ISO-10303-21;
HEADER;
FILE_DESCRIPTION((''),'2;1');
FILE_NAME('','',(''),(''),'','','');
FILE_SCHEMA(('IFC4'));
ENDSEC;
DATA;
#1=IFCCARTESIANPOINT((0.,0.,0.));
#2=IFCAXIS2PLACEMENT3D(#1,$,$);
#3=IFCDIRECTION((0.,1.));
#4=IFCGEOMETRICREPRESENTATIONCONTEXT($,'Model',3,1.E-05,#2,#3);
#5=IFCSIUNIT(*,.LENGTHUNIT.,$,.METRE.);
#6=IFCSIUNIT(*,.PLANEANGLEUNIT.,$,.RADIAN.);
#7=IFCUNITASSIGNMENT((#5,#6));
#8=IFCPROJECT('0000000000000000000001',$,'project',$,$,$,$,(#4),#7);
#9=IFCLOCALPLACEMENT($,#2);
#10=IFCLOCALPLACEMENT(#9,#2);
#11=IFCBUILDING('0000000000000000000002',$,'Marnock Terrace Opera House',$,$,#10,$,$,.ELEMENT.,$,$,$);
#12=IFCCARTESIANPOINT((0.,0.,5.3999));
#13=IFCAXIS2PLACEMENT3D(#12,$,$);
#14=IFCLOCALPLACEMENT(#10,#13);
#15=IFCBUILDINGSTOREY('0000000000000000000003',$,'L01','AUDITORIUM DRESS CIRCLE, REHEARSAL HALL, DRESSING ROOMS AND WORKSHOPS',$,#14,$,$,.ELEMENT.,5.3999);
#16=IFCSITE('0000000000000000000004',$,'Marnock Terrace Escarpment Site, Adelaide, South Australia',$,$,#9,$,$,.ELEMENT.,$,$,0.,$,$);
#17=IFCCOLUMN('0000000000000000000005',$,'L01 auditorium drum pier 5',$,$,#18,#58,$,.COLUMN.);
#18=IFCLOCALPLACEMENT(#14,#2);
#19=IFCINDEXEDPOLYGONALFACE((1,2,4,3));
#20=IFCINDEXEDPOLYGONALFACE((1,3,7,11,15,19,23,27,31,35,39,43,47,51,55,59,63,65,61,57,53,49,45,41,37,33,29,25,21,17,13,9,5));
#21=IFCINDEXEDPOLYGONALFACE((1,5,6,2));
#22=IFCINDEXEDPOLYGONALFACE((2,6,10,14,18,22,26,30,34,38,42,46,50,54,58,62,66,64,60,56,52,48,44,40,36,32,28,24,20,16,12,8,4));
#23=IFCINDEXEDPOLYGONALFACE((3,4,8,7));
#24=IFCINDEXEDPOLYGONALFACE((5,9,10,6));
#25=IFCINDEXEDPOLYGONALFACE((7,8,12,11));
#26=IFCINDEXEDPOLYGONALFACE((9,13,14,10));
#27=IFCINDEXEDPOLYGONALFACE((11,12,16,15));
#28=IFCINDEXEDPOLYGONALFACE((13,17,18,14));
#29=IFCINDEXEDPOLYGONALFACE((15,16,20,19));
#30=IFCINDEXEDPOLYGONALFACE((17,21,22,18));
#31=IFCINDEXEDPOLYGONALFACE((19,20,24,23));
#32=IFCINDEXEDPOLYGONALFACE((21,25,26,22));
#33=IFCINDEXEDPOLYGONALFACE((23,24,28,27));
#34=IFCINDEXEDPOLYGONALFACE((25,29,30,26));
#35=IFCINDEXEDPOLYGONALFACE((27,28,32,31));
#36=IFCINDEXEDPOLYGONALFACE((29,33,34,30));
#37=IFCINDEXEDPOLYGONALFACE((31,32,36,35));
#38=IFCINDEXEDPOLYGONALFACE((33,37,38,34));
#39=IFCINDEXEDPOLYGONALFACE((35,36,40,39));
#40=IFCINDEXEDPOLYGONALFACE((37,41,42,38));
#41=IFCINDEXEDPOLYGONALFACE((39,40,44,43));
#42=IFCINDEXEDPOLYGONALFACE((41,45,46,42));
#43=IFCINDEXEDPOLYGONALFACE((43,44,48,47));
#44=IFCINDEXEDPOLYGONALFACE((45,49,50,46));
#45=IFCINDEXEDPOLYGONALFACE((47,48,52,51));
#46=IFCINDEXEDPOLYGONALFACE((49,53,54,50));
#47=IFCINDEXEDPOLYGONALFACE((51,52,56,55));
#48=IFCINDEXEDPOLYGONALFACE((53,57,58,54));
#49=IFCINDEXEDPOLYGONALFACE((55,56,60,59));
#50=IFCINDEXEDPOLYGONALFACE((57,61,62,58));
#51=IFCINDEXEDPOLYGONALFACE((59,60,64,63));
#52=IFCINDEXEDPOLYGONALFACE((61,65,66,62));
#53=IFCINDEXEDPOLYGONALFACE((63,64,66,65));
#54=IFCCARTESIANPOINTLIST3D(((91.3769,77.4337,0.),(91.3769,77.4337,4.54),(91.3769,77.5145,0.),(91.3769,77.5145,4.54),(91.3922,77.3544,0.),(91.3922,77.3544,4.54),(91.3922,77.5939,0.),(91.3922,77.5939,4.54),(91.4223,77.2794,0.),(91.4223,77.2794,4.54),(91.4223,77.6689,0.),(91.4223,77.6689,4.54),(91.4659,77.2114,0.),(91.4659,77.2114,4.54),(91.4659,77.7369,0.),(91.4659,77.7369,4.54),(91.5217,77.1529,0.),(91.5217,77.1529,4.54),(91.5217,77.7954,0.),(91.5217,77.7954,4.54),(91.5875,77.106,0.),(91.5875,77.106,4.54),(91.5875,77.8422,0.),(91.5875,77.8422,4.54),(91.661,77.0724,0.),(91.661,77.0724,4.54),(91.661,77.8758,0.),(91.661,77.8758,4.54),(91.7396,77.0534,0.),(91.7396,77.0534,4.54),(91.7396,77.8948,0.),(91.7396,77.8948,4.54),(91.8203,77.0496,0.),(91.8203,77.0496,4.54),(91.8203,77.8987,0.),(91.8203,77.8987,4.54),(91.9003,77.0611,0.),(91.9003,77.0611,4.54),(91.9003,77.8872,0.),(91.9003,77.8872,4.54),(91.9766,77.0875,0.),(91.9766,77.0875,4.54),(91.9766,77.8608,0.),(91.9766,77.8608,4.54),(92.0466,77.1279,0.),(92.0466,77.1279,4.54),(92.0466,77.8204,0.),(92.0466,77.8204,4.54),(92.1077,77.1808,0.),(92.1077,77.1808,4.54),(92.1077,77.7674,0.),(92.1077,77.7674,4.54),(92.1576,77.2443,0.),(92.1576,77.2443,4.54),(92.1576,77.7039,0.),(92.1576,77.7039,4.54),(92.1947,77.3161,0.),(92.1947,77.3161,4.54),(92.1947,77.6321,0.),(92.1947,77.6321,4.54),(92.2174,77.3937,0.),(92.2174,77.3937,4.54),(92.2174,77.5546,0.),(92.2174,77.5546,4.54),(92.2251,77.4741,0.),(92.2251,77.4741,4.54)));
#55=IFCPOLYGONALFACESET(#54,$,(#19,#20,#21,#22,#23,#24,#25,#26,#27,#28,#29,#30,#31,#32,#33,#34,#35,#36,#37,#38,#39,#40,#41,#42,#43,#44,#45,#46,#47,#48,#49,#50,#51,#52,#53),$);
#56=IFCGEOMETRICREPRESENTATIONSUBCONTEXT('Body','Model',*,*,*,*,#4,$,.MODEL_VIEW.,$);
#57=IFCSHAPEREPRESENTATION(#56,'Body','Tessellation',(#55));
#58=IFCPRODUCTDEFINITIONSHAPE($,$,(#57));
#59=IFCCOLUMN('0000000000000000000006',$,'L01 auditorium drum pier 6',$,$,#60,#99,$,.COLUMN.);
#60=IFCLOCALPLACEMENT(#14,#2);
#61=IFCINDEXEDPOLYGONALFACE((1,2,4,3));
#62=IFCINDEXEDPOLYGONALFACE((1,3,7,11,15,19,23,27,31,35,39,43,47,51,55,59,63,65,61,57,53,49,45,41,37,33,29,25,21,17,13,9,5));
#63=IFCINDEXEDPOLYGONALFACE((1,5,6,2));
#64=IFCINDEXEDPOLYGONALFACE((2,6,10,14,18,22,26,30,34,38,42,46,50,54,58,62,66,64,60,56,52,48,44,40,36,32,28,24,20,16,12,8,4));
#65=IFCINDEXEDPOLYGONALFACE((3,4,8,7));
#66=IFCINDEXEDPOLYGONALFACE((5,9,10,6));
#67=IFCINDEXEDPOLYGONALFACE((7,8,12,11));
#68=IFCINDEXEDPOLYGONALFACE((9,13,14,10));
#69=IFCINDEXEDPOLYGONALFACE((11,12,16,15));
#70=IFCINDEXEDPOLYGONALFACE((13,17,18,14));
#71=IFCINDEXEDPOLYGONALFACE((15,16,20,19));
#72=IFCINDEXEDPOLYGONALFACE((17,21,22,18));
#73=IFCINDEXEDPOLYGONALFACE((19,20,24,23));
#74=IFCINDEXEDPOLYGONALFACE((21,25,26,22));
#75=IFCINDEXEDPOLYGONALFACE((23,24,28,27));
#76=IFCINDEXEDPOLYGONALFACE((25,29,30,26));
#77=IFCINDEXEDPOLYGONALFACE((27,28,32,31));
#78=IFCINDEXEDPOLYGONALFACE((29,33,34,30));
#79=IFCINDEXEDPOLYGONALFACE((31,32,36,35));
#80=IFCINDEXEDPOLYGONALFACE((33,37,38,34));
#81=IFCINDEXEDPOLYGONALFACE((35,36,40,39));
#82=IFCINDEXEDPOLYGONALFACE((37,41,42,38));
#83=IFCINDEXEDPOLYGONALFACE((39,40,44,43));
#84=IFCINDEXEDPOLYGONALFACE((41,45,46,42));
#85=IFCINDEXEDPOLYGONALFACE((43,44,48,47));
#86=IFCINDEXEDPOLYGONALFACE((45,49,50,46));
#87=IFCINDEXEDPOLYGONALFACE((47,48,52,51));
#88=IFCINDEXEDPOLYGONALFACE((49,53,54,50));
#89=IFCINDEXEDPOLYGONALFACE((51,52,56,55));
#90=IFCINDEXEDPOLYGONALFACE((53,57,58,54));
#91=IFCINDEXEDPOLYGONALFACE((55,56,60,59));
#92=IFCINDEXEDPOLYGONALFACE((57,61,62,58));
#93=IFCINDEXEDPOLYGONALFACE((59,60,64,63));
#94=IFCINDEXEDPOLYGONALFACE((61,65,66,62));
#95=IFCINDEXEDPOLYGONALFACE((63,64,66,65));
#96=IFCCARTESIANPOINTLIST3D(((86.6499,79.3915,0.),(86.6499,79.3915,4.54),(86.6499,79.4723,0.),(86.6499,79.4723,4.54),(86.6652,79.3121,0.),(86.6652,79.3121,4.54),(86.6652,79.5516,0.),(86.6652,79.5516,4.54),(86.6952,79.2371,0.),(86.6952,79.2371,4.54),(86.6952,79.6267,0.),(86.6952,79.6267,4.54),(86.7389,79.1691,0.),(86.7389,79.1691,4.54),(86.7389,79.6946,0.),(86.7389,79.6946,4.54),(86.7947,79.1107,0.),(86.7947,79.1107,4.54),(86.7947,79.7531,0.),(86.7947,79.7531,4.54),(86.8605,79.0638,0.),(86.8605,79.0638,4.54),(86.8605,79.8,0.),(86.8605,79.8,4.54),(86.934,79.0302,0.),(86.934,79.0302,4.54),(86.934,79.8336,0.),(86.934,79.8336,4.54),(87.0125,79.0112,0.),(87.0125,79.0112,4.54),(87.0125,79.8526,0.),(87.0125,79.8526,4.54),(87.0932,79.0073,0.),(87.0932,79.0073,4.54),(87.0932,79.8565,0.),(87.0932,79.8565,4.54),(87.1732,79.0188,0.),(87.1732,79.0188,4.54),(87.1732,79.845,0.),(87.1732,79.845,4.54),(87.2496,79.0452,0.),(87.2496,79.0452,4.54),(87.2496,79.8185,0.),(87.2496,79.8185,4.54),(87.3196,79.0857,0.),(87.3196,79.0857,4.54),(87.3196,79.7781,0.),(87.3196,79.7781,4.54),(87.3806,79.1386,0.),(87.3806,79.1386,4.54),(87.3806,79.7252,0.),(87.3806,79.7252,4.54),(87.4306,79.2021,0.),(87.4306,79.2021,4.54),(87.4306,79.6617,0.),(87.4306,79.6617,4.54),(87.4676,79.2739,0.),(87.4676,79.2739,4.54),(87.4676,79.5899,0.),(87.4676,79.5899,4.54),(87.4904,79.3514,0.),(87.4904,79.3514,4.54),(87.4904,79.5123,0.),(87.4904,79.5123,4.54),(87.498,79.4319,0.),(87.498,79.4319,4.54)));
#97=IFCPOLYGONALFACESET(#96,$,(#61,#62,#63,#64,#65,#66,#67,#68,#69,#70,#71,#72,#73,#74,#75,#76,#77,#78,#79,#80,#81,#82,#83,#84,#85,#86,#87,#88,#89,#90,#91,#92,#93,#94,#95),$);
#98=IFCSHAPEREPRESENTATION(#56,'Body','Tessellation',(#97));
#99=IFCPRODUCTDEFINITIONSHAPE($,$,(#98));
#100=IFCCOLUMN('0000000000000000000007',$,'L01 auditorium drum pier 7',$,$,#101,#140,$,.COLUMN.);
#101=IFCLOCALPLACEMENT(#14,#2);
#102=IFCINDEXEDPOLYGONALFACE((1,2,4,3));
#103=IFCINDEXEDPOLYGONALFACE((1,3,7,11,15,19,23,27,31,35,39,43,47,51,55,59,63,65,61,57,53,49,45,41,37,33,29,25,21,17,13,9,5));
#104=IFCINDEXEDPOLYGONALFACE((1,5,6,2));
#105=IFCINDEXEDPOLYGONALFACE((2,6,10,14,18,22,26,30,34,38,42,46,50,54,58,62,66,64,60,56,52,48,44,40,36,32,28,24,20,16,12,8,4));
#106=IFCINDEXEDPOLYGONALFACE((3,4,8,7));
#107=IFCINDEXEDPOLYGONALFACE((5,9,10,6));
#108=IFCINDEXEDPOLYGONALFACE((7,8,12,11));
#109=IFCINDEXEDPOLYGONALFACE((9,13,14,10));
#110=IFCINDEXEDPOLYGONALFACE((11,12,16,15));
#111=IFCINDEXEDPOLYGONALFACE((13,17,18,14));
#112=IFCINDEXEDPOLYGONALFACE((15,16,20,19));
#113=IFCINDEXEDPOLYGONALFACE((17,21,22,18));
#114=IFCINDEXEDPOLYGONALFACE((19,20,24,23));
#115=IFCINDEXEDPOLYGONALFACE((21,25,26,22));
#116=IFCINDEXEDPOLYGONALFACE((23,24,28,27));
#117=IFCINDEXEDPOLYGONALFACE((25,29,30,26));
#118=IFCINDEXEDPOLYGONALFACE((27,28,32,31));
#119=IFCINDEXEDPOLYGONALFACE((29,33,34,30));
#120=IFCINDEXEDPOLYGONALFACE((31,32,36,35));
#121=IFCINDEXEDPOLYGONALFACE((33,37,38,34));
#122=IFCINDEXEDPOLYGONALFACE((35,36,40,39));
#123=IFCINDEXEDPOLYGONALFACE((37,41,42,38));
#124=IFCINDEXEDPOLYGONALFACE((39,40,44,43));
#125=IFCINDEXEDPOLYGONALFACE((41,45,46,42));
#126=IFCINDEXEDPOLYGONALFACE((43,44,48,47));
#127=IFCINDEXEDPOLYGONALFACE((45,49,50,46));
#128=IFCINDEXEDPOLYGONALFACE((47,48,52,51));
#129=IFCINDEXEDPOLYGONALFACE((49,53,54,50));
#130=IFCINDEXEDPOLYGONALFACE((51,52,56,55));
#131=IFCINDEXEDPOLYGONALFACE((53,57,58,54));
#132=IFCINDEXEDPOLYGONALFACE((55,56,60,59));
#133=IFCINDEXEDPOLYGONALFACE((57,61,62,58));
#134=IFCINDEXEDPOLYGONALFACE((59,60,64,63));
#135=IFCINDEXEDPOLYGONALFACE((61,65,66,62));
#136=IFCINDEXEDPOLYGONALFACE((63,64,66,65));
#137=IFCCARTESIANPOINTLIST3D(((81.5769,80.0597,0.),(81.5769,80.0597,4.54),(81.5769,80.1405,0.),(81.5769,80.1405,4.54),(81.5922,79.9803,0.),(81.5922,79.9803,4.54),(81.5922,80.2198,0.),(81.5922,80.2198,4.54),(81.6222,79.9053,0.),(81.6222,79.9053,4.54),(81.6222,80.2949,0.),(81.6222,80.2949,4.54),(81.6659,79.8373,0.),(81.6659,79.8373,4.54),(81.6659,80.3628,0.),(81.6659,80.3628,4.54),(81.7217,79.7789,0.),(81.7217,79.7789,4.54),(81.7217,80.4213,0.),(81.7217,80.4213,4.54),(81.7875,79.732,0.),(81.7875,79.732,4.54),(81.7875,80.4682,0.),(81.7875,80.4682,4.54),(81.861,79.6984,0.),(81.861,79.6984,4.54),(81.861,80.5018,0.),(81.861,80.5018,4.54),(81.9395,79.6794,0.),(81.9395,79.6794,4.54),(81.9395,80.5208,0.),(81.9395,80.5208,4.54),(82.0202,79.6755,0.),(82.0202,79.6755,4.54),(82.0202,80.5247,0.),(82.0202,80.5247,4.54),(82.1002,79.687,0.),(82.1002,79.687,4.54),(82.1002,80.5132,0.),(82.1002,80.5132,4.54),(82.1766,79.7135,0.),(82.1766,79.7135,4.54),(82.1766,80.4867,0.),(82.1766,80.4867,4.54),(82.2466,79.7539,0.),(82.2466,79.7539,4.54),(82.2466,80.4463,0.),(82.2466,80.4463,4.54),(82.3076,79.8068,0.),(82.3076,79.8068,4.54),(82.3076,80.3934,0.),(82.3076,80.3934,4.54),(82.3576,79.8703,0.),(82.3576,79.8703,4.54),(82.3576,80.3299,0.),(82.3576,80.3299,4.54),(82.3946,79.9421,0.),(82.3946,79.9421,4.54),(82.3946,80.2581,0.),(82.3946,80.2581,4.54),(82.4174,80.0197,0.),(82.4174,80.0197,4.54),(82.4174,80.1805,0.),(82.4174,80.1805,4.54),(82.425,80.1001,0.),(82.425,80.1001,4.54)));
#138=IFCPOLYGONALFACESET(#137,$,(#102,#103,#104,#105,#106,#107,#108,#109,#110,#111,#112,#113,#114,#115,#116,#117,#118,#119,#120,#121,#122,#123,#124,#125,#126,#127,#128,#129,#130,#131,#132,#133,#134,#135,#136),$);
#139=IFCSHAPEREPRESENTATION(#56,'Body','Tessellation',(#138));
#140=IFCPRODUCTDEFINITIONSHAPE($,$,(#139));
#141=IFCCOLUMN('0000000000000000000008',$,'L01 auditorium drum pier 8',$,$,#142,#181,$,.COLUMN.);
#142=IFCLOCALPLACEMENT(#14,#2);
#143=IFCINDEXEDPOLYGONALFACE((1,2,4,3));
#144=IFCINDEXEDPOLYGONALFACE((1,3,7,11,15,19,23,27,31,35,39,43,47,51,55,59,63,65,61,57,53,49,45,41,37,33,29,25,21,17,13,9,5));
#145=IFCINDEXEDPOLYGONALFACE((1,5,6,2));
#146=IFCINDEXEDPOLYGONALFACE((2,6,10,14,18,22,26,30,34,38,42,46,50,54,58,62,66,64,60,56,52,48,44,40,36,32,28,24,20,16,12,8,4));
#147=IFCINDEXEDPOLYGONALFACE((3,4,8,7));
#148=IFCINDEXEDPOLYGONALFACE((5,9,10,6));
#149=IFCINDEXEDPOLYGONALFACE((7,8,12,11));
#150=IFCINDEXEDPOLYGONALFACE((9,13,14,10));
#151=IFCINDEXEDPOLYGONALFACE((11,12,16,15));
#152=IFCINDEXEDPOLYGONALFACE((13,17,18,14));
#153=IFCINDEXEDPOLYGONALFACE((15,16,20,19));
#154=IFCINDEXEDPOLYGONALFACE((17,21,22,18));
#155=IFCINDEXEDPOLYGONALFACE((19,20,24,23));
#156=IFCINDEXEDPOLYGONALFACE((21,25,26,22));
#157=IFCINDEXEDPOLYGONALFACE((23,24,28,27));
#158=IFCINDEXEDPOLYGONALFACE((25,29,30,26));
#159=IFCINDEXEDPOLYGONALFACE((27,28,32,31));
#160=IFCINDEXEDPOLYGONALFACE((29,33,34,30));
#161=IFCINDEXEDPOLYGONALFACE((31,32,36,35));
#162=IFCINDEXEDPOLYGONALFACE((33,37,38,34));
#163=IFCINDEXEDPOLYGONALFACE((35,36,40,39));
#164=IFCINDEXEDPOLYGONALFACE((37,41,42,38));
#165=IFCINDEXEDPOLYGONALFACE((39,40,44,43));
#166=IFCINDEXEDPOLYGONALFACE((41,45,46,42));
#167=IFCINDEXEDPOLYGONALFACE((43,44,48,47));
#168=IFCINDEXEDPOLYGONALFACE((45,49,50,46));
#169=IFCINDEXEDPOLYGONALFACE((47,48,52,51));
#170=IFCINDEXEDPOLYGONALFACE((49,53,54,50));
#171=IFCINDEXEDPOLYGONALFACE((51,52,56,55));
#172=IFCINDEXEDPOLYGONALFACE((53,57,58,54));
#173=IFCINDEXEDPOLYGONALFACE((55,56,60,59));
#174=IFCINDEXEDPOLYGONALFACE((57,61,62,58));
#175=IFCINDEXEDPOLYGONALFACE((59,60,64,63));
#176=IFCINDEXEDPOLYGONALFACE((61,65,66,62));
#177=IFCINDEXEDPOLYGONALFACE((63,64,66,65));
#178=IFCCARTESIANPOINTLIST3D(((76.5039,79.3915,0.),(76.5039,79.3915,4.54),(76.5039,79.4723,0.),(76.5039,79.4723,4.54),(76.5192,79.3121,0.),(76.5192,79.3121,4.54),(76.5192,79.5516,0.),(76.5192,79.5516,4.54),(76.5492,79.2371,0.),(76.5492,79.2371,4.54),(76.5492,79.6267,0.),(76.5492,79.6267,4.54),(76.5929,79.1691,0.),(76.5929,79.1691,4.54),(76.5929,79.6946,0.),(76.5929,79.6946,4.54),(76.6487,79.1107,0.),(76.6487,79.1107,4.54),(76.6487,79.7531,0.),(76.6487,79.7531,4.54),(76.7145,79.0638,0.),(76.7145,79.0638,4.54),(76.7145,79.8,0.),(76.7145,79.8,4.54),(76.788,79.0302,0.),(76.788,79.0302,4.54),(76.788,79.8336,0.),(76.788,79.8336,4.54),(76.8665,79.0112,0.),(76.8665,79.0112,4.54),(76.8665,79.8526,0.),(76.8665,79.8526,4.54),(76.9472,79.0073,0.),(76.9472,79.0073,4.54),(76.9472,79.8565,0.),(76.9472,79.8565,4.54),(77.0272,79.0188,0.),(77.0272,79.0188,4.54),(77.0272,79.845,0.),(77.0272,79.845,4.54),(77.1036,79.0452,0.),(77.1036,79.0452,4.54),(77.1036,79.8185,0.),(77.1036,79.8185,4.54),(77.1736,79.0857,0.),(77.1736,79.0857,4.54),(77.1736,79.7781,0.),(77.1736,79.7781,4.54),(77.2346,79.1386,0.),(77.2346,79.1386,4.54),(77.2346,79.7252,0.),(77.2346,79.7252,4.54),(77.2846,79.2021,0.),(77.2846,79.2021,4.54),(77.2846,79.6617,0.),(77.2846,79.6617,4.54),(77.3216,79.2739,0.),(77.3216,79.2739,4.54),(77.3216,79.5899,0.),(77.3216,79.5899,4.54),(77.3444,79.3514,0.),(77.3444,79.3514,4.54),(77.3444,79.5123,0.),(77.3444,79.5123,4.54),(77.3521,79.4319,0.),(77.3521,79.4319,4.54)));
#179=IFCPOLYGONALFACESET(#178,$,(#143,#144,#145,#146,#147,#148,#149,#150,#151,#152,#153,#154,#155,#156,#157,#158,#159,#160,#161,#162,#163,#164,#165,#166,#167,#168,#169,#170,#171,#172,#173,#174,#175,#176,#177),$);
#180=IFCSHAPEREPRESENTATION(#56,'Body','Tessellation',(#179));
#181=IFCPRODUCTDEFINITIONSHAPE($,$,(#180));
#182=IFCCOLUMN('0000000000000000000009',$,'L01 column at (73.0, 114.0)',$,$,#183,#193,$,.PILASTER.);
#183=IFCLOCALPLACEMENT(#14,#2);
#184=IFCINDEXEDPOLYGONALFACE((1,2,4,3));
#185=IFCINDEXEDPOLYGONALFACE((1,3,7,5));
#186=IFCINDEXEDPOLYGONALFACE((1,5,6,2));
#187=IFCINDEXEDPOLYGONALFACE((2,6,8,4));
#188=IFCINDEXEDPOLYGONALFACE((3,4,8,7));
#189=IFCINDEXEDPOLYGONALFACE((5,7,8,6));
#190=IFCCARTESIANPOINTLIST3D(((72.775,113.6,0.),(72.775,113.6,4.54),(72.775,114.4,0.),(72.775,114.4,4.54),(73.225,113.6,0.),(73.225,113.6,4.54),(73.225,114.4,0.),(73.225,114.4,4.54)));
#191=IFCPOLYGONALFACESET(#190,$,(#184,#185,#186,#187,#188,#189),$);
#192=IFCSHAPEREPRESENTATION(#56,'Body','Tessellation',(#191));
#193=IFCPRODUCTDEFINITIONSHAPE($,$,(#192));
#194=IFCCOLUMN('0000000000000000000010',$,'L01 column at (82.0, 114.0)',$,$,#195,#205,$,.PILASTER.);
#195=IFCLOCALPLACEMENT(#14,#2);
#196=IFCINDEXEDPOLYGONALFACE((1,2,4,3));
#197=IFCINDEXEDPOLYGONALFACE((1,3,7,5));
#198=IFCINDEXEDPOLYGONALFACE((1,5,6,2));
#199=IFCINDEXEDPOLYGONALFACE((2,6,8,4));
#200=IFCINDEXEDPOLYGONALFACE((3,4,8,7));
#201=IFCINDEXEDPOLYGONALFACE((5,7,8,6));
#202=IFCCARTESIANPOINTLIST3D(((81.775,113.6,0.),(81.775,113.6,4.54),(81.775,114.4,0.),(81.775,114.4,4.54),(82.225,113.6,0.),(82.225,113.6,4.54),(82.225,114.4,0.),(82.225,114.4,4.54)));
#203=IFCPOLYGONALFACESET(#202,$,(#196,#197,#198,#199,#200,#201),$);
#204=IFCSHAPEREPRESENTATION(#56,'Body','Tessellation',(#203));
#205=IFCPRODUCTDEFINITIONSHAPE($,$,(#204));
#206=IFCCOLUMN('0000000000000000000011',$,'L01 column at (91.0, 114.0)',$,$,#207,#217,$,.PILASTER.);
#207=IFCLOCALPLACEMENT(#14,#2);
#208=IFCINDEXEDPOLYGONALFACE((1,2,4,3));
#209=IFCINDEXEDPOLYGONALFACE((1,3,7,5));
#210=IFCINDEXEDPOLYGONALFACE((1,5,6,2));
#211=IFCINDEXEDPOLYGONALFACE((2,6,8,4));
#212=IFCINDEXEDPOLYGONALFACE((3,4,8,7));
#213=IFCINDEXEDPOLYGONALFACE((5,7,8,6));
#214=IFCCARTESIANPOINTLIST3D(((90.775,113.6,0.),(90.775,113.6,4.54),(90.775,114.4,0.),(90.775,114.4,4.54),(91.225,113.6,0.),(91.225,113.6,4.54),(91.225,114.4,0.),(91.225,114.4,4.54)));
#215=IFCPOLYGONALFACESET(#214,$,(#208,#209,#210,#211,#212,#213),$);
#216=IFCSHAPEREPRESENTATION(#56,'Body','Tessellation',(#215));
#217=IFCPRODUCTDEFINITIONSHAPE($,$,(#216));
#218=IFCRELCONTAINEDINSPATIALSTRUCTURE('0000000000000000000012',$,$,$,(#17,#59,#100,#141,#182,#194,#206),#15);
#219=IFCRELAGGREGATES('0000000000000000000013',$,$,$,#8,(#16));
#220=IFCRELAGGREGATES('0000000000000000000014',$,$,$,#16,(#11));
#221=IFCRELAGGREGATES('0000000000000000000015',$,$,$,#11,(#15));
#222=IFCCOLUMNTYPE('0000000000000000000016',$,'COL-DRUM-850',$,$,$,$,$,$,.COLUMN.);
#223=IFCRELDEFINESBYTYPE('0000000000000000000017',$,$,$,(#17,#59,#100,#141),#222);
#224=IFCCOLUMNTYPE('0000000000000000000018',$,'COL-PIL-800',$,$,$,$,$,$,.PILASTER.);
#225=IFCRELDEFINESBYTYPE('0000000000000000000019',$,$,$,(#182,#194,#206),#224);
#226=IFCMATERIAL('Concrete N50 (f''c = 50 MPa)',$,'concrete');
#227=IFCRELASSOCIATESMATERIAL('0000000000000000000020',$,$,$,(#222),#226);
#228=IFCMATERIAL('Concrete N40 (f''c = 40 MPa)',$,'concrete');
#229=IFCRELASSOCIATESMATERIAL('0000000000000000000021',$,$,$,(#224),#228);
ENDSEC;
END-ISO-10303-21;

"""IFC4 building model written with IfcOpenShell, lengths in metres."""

from ifc_helpers import new_model, si_unit, direction, frame, origin, origin_2d, place, context, subcontext, project, spatial, rectangle, circle, extrude, material, material_profile, profile_set, type_object, element, save


model = new_model("IFC4")

# Units and contexts
model_context = context("Model", 3, precision=1e-05, world=origin(), true_north=direction((0.0, 1.0)))
body_context = subcontext(model_context, "Body", "Model", "MODEL_VIEW")
ifc_project = project(units=[si_unit("LENGTHUNIT", "METRE"), si_unit("PLANEANGLEUNIT", "RADIAN")], contexts=[model_context])

# Site, building, storey
site_placement = place(None, origin())
site = spatial("IfcSite", under=ifc_project, at=site_placement, Name="Marnock Terrace Escarpment Site, Adelaide, South Australia", CompositionType="ELEMENT", RefElevation=0.0)
building_placement = place(site_placement, origin())
building = spatial("IfcBuilding", under=site, at=building_placement, Name="Marnock Terrace Opera House", CompositionType="ELEMENT")
storey_placement = place(building_placement, frame((0.0, 0.0, 5.3999)))
storey = spatial("IfcBuildingStorey", under=building, at=storey_placement, Name="L01", Description="AUDITORIUM DRESS CIRCLE, REHEARSAL HALL, DRESSING ROOMS AND WORKSHOPS", CompositionType="ELEMENT", Elevation=5.3999)

# Columns
ifc_material_1 = material(Name="Concrete N50 (f'c = 50 MPa)", Category="concrete")
ifc_material_profile_1 = material_profile(ifc_material_1, circle(Radius=0.425, at=origin_2d()))
ifc_profile_set_1 = profile_set([ifc_material_profile_1], Name="Concrete N50 (f'c = 50 MPa)")
column_type_1 = type_object("IfcColumnType", Name="COL-DRUM-850", PredefinedType="COLUMN", material=ifc_profile_set_1)
for number, where, z_axis, x_axis, name in (
    (1, (91.8, 77.4741, 0.0), (0.0, 0.0, 1.0), (1.0, 0.0, 0.0), "L01 auditorium drum pier 5"),
    (2, (87.073, 79.4319, 0.0), (0.0, 0.0, 1.0), (1.0, 0.0, 0.0), "L01 auditorium drum pier 6"),
    (3, (82.0, 80.1001, 0.0), (0.0, 0.0, 1.0), (1.0, 0.0, 0.0), "L01 auditorium drum pier 7"),
    (4, (76.927, 79.4319, 0.0), (0.0, 0.0, 1.0), (1.0, 0.0, 0.0), "L01 auditorium drum pier 8"),
):
    element("IfcColumn", number, at=place(storey_placement, frame(where, z_axis=z_axis, x_axis=x_axis)), inside=storey, type_object=column_type_1, Name=name, PredefinedType="COLUMN", context=body_context, shape_type="SweptSolid", body=[
        extrude(circle(Radius=0.425, at=origin_2d()), origin(), (0.0, 0.0, 1.0), 4.54),
    ])
ifc_material_2 = material(Name="Concrete N40 (f'c = 40 MPa)", Category="concrete")
ifc_material_profile_2 = material_profile(ifc_material_2, rectangle(XDim=0.45, YDim=0.8, at=origin_2d()))
ifc_profile_set_2 = profile_set([ifc_material_profile_2], Name="Concrete N40 (f'c = 40 MPa)")
column_type_2 = type_object("IfcColumnType", Name="COL-PIL-800", PredefinedType="PILASTER", material=ifc_profile_set_2)
for number, where, z_axis, x_axis, name in (
    (5, (73.0, 114.0, 0.0), (0.0, 0.0, 1.0), (1.0, 0.0, 0.0), "L01 column at (73.0, 114.0)"),
    (6, (82.0, 114.0, 0.0), (0.0, 0.0, 1.0), (1.0, 0.0, 0.0), "L01 column at (82.0, 114.0)"),
    (7, (91.0, 114.0, 0.0), (0.0, 0.0, 1.0), (1.0, 0.0, 0.0), "L01 column at (91.0, 114.0)"),
):
    element("IfcColumn", number, at=place(storey_placement, frame(where, z_axis=z_axis, x_axis=x_axis)), inside=storey, type_object=column_type_2, Name=name, PredefinedType="PILASTER", context=body_context, shape_type="SweptSolid", body=[
        extrude(rectangle(XDim=0.45, YDim=0.8, at=origin_2d()), origin(), (0.0, 0.0, 1.0), 4.54),
    ])

save(model, "model.ifc")
